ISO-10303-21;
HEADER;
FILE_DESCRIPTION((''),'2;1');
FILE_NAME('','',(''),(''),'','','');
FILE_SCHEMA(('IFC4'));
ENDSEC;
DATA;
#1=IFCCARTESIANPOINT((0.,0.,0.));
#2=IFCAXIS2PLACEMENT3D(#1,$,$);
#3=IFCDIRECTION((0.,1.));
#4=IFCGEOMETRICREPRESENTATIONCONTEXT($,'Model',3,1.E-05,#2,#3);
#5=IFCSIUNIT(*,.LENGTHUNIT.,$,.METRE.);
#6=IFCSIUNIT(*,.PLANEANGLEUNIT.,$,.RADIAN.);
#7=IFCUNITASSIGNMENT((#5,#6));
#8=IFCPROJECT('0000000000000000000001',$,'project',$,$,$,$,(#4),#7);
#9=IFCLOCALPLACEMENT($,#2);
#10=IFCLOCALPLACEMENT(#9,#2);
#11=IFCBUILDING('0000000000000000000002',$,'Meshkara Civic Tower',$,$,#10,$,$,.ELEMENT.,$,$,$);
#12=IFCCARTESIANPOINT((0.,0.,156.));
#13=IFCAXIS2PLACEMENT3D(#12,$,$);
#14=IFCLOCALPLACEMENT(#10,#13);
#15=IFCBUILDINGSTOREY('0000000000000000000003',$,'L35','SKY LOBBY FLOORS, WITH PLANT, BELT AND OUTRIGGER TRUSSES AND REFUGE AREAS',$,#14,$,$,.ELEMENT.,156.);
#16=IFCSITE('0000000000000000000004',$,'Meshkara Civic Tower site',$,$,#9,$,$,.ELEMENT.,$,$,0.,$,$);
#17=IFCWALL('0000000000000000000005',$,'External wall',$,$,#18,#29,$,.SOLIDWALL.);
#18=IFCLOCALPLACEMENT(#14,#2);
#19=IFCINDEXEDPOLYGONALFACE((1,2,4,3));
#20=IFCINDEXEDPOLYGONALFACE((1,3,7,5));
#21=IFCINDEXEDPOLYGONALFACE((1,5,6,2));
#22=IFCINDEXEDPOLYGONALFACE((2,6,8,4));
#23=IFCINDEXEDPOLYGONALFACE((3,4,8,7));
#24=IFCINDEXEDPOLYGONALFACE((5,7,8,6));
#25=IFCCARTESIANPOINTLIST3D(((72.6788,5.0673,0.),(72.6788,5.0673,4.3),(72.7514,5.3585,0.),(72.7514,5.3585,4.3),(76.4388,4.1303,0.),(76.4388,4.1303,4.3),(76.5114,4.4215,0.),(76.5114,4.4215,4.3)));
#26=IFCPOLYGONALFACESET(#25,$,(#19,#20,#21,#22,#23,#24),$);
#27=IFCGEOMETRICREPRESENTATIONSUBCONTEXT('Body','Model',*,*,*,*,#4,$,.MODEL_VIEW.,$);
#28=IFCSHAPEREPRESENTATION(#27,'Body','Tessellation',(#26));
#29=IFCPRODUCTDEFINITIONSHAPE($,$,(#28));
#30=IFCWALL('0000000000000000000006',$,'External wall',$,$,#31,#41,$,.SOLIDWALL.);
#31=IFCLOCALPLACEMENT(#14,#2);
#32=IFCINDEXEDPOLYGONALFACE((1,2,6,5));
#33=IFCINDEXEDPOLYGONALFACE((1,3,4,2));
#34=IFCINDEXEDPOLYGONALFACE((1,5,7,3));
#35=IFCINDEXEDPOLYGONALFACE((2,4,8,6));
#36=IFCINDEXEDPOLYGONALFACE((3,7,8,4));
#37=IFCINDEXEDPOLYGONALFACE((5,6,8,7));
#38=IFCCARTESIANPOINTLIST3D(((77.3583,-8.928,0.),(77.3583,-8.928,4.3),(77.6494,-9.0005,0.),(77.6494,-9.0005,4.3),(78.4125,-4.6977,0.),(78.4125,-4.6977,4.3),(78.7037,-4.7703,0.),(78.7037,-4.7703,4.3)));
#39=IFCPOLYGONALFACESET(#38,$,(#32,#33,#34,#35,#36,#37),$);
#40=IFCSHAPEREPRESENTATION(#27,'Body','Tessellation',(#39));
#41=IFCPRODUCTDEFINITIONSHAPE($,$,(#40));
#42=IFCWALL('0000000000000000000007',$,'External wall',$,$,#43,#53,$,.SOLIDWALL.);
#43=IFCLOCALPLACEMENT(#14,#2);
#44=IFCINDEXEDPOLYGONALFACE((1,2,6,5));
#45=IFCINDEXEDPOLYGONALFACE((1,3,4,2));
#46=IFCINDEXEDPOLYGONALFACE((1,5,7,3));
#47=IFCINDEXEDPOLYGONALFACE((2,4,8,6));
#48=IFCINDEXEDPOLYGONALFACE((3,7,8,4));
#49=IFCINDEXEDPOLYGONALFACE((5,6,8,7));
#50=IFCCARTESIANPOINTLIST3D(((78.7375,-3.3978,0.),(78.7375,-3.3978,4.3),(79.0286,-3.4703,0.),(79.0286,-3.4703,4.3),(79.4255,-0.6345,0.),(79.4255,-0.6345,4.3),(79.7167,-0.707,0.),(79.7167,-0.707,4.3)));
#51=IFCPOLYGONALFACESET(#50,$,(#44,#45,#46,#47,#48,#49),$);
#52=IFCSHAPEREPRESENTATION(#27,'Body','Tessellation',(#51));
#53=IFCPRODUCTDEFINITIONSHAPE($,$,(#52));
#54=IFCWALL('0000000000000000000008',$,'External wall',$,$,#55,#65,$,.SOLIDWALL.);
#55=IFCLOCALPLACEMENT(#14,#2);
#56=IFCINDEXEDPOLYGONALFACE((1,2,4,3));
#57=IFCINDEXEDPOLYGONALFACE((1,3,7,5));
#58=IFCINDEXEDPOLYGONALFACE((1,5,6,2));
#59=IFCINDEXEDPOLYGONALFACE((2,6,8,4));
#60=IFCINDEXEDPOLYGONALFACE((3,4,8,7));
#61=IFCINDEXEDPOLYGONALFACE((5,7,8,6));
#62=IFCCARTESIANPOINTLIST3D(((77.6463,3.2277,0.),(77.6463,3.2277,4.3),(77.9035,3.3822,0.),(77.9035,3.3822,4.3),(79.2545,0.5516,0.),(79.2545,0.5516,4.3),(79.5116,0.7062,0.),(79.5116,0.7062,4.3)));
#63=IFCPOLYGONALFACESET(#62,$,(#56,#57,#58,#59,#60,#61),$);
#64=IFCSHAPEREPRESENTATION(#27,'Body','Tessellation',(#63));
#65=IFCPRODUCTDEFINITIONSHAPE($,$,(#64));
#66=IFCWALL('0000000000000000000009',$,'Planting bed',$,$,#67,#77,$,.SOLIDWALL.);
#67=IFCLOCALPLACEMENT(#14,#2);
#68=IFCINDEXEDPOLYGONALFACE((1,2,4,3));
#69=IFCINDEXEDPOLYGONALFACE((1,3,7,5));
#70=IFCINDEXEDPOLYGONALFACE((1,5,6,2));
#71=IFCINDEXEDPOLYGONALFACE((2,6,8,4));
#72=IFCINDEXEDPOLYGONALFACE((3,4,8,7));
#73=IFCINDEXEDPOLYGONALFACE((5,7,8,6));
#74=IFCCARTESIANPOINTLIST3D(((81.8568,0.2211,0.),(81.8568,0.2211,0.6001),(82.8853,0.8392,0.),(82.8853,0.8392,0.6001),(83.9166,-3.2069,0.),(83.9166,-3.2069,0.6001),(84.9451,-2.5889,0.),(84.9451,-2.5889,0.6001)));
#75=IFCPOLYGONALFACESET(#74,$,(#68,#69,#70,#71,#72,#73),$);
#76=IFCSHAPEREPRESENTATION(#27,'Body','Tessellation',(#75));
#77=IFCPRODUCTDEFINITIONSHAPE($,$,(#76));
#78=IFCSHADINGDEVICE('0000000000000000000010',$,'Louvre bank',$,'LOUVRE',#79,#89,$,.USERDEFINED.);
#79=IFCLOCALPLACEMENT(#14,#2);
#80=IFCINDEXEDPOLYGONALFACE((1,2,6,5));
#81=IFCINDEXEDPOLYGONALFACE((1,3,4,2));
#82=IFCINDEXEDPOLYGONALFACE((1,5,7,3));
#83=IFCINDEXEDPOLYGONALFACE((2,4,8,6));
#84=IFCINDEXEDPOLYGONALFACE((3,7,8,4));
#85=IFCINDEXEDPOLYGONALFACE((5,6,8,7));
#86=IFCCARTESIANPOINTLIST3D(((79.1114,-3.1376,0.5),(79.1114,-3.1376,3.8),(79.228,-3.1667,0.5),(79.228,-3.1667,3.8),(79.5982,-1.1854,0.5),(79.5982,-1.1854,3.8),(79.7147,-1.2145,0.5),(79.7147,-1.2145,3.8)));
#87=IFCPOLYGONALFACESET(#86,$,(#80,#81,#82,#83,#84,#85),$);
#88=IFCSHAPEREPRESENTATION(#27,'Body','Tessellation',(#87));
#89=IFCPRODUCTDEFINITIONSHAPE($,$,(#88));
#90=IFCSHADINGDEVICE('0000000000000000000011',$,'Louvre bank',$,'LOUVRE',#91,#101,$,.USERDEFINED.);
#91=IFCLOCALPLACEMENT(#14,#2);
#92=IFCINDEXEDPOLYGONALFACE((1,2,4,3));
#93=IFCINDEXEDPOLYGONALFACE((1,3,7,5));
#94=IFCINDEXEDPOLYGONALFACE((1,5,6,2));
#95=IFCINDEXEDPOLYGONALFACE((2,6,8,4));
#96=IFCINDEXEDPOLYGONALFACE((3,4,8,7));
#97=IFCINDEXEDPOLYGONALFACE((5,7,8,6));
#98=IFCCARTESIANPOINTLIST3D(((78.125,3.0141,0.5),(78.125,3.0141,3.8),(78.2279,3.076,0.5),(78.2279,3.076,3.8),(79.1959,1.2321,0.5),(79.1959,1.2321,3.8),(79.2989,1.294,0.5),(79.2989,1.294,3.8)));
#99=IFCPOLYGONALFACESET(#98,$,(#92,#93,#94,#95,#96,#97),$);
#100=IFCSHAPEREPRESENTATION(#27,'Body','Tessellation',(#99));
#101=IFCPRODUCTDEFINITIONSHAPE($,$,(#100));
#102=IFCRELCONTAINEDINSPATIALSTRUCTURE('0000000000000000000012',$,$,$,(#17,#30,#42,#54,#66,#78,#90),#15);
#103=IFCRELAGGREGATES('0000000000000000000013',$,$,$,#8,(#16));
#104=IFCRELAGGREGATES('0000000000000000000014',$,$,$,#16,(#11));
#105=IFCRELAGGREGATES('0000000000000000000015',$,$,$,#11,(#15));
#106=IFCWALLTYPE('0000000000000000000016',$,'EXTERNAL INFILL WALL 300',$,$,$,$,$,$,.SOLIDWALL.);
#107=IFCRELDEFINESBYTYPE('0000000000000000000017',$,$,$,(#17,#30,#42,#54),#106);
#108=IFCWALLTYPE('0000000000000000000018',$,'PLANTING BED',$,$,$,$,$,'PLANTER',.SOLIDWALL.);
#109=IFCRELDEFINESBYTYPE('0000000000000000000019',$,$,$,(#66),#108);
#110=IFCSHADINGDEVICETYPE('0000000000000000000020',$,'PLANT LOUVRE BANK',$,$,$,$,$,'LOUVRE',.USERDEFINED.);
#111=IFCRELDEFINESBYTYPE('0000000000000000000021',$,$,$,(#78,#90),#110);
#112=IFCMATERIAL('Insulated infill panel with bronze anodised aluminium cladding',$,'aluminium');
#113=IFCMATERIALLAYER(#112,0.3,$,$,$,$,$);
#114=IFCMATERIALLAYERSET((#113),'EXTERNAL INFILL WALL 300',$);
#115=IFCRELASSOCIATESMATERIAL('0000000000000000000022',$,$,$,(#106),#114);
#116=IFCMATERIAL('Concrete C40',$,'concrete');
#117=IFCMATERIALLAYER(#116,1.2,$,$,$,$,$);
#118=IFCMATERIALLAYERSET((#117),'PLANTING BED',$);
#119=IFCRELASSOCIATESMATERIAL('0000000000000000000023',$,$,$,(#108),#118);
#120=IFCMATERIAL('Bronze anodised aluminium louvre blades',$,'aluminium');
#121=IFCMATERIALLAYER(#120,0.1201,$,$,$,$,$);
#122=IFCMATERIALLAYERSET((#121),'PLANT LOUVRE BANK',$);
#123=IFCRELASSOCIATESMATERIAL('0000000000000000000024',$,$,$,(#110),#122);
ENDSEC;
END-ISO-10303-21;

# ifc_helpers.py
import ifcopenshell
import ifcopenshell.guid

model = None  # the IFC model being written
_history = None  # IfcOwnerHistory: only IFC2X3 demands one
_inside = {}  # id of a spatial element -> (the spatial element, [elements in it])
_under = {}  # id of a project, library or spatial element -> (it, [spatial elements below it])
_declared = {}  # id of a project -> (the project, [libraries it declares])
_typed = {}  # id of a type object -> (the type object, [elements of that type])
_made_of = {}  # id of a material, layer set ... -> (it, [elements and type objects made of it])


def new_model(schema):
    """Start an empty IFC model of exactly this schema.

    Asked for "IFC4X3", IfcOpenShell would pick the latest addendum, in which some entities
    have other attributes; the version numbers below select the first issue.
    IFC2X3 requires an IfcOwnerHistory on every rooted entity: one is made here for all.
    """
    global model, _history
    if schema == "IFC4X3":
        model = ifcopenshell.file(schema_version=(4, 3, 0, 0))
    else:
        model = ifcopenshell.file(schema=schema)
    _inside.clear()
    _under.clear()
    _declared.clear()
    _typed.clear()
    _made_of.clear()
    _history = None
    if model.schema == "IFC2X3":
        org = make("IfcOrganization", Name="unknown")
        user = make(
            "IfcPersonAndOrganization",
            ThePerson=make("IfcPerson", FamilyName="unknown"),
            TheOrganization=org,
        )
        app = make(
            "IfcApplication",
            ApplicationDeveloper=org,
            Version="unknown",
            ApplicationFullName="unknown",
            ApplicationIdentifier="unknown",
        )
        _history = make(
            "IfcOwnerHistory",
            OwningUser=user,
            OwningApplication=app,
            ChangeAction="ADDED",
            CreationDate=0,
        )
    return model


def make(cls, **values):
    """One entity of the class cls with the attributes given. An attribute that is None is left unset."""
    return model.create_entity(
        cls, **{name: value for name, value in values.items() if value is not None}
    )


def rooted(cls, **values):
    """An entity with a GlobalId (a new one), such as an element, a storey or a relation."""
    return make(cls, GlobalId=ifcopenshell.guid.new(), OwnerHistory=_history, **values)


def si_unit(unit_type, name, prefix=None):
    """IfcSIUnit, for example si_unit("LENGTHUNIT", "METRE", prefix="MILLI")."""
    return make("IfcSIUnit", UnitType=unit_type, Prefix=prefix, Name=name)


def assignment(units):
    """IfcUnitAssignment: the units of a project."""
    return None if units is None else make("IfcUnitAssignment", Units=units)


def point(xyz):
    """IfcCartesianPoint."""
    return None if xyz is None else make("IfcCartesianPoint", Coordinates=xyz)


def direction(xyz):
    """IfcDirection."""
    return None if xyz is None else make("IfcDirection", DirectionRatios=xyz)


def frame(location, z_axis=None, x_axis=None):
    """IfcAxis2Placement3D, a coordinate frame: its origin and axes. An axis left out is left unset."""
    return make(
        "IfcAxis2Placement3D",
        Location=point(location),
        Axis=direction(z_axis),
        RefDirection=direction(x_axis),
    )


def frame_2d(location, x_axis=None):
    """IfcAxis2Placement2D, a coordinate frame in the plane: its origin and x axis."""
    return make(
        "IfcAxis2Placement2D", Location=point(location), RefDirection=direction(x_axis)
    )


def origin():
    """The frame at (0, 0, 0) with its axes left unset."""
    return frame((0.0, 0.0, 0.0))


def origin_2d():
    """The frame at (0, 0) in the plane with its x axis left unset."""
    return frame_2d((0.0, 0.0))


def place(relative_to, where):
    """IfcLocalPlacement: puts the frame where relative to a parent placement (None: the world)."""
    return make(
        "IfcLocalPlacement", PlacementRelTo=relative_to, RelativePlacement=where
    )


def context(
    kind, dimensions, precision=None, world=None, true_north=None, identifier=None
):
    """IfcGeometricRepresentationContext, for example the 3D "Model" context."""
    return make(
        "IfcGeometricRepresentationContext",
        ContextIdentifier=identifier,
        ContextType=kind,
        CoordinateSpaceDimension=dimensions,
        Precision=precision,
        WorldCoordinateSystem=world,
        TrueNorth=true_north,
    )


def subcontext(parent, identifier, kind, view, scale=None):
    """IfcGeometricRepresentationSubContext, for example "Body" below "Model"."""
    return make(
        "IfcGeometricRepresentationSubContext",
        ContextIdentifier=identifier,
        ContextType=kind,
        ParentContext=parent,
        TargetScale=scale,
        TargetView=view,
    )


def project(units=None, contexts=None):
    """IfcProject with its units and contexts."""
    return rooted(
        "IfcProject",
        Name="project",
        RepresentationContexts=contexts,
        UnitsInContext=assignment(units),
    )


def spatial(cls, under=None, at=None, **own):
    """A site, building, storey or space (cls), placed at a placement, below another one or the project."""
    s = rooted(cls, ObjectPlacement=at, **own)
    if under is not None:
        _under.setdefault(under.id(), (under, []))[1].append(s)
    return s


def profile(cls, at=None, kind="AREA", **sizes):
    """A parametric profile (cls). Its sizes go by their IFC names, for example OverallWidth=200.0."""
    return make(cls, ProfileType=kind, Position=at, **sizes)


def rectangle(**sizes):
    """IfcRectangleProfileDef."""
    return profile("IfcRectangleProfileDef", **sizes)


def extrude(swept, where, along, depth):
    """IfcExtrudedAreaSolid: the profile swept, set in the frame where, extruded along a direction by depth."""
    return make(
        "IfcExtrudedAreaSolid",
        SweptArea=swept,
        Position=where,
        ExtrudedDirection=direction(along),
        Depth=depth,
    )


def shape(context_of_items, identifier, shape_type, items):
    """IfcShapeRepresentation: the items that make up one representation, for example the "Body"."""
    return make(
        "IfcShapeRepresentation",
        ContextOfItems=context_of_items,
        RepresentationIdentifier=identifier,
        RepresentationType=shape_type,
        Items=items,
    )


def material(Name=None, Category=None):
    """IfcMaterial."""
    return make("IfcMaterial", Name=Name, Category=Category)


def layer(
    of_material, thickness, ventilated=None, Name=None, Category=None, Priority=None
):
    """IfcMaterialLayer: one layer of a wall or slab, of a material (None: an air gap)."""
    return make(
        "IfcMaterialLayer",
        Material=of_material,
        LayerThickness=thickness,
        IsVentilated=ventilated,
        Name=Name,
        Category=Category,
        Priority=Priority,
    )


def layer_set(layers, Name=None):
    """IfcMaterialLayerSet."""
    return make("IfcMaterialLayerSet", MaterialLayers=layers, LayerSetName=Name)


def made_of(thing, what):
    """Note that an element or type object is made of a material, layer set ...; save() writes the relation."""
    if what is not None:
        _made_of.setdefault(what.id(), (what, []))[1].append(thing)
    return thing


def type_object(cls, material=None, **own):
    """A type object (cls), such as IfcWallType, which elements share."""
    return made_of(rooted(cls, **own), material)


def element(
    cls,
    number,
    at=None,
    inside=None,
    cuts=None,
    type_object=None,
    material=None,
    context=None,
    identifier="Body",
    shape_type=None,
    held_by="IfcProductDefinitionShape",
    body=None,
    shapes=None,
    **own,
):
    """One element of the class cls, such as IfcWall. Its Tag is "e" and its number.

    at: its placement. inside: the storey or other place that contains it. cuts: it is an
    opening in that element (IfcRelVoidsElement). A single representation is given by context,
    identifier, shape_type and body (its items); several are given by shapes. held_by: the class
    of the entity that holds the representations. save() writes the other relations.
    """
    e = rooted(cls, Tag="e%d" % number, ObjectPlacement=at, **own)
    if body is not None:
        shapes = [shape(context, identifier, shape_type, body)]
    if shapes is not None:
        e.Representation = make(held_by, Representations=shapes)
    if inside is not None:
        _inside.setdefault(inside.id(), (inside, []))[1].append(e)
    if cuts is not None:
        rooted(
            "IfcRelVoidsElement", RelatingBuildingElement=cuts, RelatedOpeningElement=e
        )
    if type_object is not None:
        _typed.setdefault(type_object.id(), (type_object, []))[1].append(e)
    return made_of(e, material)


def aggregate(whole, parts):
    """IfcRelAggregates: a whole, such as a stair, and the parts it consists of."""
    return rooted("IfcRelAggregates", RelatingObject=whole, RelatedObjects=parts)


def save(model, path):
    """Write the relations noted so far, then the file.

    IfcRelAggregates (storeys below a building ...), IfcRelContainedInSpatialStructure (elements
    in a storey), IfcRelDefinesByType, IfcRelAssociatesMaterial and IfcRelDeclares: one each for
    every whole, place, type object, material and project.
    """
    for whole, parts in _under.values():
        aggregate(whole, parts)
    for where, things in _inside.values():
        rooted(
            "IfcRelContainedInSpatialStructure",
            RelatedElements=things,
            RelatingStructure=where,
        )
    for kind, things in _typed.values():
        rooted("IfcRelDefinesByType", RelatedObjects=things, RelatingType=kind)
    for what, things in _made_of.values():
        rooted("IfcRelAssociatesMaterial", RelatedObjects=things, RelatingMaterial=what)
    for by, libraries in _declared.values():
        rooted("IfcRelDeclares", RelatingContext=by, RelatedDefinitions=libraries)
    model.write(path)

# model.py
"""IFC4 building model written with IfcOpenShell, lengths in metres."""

from ifc_helpers import new_model, si_unit, direction, frame, frame_2d, origin, origin_2d, place, context, subcontext, project, spatial, rectangle, extrude, material, layer, layer_set, type_object, element, save


model = new_model("IFC4")

# Units and contexts
model_context = context("Model", 3, precision=1e-05, world=origin(), true_north=direction((0.0, 1.0)))
body_context = subcontext(model_context, "Body", "Model", "MODEL_VIEW")
ifc_project = project(units=[si_unit("LENGTHUNIT", "METRE"), si_unit("PLANEANGLEUNIT", "RADIAN")], contexts=[model_context])

# Site, building, storey
site_placement = place(None, origin())
site = spatial("IfcSite", under=ifc_project, at=site_placement, Name="Meshkara Civic Tower site", CompositionType="ELEMENT", RefElevation=0.0)
building_placement = place(site_placement, origin())
building = spatial("IfcBuilding", under=site, at=building_placement, Name="Meshkara Civic Tower", CompositionType="ELEMENT")
storey_placement = place(building_placement, frame((0.0, 0.0, 156.0)))
storey = spatial("IfcBuildingStorey", under=building, at=storey_placement, Name="L35", Description="SKY LOBBY FLOORS, WITH PLANT, BELT AND OUTRIGGER TRUSSES AND REFUGE AREAS", CompositionType="ELEMENT", Elevation=156.0)

# Walls
ifc_material_1 = material(Name="Insulated infill panel with bronze anodised aluminium cladding", Category="aluminium")
ifc_layer_1 = layer(ifc_material_1, 0.3)
ifc_layer_set_1 = layer_set([ifc_layer_1], Name="EXTERNAL INFILL WALL 300")
wall_type_1 = type_object("IfcWallType", Name="EXTERNAL INFILL WALL 300", PredefinedType="SOLIDWALL", material=ifc_layer_set_1)
wall_1_placement = place(storey_placement, frame((76.4751, 4.2759, 0.0), z_axis=(0.0, 0.0, 1.0), x_axis=(-0.970324, 0.241809, 0.0)))
element("IfcWall", 1, at=wall_1_placement, inside=storey, type_object=wall_type_1, Name="External wall", PredefinedType="SOLIDWALL", context=body_context, shape_type="SweptSolid", body=[
    extrude(rectangle(XDim=3.875, YDim=0.3, at=frame_2d((1.9375, 0.0))), origin(), (0.0, 0.0, 1.0), 4.3),
])
wall_2_placement = place(storey_placement, frame((77.5039, -8.9641, 0.0), z_axis=(0.0, 0.0, 1.0), x_axis=(0.241811, 0.970323, 0.0)))
element("IfcWall", 2, at=wall_2_placement, inside=storey, type_object=wall_type_1, Name="External wall", PredefinedType="SOLIDWALL", context=body_context, shape_type="SweptSolid", body=[
    extrude(rectangle(XDim=4.3596, YDim=0.3, at=frame_2d((2.1797, 0.0))), origin(), (0.0, 0.0, 1.0), 4.3),
])
wall_3_placement = place(storey_placement, frame((78.8831, -3.4341, 0.0), z_axis=(0.0, 0.0, 1.0), x_axis=(0.241608, 0.970374, 0.0)))
element("IfcWall", 3, at=wall_3_placement, inside=storey, type_object=wall_type_1, Name="External wall", PredefinedType="SOLIDWALL", context=body_context, shape_type="SweptSolid", body=[
    extrude(rectangle(XDim=2.8477, YDim=0.3, at=frame_2d((1.4238, 0.0))), origin(), (0.0, 0.0, 1.0), 4.3),
])
wall_4_placement = place(storey_placement, frame((79.3831, 0.6289, 0.0), z_axis=(0.0, 0.0, 1.0), x_axis=(-0.515094, 0.857134, 0.0)))
element("IfcWall", 4, at=wall_4_placement, inside=storey, type_object=wall_type_1, Name="External wall", PredefinedType="SOLIDWALL", context=body_context, shape_type="SweptSolid", body=[
    extrude(rectangle(XDim=3.1221, YDim=0.3, at=frame_2d((1.561, 0.0))), origin(), (0.0, 0.0, 1.0), 4.3),
])
ifc_material_2 = material(Name="Concrete C40", Category="concrete")
ifc_layer_2 = layer(ifc_material_2, 1.2)
ifc_layer_set_2 = layer_set([ifc_layer_2], Name="PLANTING BED")
wall_type_2 = type_object("IfcWallType", Name="PLANTING BED", ElementType="PLANTER", PredefinedType="SOLIDWALL", material=ifc_layer_set_2)
wall_5_placement = place(storey_placement, frame((82.3711, 0.53, 0.0), z_axis=(0.0, 0.0, 1.0), x_axis=(0.515052, -0.857159, 0.0)))
element("IfcWall", 5, at=wall_5_placement, inside=storey, type_object=wall_type_2, Name="Planting bed", PredefinedType="SOLIDWALL", context=body_context, shape_type="SweptSolid", body=[
    extrude(rectangle(XDim=3.9993, YDim=1.2, at=frame_2d((1.9995, 0.0))), origin(), (0.0, 0.0, 1.0), 0.6001),
])

# Shading devices
ifc_material_3 = material(Name="Bronze anodised aluminium louvre blades", Category="aluminium")
ifc_layer_3 = layer(ifc_material_3, 0.1201)
ifc_layer_set_3 = layer_set([ifc_layer_3], Name="PLANT LOUVRE BANK")
shading_device_type = type_object("IfcShadingDeviceType", Name="PLANT LOUVRE BANK", ElementType="LOUVRE", PredefinedType="USERDEFINED", material=ifc_layer_set_3)
shading_device_1_placement = place(storey_placement, frame((79.4131, -2.176, 0.5), z_axis=(0.0, 0.0, 1.0), x_axis=(0.241922, 0.970296, 0.0)))
element("IfcShadingDevice", 6, at=shading_device_1_placement, inside=storey, type_object=shading_device_type, Name="Louvre bank", ObjectType="LOUVRE", PredefinedType="USERDEFINED", context=body_context, shape_type="SweptSolid", body=[
    extrude(rectangle(XDim=2.012, YDim=0.1201, at=origin_2d()), origin(), (0.0, 0.0, 1.0), 3.3),
])
shading_device_2_placement = place(storey_placement, frame((78.7119, 2.1541, 0.5), z_axis=(0.0, 0.0, 1.0), x_axis=(-0.515098, 0.857131, 0.0)))
element("IfcShadingDevice", 7, at=shading_device_2_placement, inside=storey, type_object=shading_device_type, Name="Louvre bank", ObjectType="LOUVRE", PredefinedType="USERDEFINED", context=body_context, shape_type="SweptSolid", body=[
    extrude(rectangle(XDim=2.0791, YDim=0.1201, at=origin_2d()), origin(), (0.0, 0.0, 1.0), 3.3),
])

save(model, "model.ifc")
